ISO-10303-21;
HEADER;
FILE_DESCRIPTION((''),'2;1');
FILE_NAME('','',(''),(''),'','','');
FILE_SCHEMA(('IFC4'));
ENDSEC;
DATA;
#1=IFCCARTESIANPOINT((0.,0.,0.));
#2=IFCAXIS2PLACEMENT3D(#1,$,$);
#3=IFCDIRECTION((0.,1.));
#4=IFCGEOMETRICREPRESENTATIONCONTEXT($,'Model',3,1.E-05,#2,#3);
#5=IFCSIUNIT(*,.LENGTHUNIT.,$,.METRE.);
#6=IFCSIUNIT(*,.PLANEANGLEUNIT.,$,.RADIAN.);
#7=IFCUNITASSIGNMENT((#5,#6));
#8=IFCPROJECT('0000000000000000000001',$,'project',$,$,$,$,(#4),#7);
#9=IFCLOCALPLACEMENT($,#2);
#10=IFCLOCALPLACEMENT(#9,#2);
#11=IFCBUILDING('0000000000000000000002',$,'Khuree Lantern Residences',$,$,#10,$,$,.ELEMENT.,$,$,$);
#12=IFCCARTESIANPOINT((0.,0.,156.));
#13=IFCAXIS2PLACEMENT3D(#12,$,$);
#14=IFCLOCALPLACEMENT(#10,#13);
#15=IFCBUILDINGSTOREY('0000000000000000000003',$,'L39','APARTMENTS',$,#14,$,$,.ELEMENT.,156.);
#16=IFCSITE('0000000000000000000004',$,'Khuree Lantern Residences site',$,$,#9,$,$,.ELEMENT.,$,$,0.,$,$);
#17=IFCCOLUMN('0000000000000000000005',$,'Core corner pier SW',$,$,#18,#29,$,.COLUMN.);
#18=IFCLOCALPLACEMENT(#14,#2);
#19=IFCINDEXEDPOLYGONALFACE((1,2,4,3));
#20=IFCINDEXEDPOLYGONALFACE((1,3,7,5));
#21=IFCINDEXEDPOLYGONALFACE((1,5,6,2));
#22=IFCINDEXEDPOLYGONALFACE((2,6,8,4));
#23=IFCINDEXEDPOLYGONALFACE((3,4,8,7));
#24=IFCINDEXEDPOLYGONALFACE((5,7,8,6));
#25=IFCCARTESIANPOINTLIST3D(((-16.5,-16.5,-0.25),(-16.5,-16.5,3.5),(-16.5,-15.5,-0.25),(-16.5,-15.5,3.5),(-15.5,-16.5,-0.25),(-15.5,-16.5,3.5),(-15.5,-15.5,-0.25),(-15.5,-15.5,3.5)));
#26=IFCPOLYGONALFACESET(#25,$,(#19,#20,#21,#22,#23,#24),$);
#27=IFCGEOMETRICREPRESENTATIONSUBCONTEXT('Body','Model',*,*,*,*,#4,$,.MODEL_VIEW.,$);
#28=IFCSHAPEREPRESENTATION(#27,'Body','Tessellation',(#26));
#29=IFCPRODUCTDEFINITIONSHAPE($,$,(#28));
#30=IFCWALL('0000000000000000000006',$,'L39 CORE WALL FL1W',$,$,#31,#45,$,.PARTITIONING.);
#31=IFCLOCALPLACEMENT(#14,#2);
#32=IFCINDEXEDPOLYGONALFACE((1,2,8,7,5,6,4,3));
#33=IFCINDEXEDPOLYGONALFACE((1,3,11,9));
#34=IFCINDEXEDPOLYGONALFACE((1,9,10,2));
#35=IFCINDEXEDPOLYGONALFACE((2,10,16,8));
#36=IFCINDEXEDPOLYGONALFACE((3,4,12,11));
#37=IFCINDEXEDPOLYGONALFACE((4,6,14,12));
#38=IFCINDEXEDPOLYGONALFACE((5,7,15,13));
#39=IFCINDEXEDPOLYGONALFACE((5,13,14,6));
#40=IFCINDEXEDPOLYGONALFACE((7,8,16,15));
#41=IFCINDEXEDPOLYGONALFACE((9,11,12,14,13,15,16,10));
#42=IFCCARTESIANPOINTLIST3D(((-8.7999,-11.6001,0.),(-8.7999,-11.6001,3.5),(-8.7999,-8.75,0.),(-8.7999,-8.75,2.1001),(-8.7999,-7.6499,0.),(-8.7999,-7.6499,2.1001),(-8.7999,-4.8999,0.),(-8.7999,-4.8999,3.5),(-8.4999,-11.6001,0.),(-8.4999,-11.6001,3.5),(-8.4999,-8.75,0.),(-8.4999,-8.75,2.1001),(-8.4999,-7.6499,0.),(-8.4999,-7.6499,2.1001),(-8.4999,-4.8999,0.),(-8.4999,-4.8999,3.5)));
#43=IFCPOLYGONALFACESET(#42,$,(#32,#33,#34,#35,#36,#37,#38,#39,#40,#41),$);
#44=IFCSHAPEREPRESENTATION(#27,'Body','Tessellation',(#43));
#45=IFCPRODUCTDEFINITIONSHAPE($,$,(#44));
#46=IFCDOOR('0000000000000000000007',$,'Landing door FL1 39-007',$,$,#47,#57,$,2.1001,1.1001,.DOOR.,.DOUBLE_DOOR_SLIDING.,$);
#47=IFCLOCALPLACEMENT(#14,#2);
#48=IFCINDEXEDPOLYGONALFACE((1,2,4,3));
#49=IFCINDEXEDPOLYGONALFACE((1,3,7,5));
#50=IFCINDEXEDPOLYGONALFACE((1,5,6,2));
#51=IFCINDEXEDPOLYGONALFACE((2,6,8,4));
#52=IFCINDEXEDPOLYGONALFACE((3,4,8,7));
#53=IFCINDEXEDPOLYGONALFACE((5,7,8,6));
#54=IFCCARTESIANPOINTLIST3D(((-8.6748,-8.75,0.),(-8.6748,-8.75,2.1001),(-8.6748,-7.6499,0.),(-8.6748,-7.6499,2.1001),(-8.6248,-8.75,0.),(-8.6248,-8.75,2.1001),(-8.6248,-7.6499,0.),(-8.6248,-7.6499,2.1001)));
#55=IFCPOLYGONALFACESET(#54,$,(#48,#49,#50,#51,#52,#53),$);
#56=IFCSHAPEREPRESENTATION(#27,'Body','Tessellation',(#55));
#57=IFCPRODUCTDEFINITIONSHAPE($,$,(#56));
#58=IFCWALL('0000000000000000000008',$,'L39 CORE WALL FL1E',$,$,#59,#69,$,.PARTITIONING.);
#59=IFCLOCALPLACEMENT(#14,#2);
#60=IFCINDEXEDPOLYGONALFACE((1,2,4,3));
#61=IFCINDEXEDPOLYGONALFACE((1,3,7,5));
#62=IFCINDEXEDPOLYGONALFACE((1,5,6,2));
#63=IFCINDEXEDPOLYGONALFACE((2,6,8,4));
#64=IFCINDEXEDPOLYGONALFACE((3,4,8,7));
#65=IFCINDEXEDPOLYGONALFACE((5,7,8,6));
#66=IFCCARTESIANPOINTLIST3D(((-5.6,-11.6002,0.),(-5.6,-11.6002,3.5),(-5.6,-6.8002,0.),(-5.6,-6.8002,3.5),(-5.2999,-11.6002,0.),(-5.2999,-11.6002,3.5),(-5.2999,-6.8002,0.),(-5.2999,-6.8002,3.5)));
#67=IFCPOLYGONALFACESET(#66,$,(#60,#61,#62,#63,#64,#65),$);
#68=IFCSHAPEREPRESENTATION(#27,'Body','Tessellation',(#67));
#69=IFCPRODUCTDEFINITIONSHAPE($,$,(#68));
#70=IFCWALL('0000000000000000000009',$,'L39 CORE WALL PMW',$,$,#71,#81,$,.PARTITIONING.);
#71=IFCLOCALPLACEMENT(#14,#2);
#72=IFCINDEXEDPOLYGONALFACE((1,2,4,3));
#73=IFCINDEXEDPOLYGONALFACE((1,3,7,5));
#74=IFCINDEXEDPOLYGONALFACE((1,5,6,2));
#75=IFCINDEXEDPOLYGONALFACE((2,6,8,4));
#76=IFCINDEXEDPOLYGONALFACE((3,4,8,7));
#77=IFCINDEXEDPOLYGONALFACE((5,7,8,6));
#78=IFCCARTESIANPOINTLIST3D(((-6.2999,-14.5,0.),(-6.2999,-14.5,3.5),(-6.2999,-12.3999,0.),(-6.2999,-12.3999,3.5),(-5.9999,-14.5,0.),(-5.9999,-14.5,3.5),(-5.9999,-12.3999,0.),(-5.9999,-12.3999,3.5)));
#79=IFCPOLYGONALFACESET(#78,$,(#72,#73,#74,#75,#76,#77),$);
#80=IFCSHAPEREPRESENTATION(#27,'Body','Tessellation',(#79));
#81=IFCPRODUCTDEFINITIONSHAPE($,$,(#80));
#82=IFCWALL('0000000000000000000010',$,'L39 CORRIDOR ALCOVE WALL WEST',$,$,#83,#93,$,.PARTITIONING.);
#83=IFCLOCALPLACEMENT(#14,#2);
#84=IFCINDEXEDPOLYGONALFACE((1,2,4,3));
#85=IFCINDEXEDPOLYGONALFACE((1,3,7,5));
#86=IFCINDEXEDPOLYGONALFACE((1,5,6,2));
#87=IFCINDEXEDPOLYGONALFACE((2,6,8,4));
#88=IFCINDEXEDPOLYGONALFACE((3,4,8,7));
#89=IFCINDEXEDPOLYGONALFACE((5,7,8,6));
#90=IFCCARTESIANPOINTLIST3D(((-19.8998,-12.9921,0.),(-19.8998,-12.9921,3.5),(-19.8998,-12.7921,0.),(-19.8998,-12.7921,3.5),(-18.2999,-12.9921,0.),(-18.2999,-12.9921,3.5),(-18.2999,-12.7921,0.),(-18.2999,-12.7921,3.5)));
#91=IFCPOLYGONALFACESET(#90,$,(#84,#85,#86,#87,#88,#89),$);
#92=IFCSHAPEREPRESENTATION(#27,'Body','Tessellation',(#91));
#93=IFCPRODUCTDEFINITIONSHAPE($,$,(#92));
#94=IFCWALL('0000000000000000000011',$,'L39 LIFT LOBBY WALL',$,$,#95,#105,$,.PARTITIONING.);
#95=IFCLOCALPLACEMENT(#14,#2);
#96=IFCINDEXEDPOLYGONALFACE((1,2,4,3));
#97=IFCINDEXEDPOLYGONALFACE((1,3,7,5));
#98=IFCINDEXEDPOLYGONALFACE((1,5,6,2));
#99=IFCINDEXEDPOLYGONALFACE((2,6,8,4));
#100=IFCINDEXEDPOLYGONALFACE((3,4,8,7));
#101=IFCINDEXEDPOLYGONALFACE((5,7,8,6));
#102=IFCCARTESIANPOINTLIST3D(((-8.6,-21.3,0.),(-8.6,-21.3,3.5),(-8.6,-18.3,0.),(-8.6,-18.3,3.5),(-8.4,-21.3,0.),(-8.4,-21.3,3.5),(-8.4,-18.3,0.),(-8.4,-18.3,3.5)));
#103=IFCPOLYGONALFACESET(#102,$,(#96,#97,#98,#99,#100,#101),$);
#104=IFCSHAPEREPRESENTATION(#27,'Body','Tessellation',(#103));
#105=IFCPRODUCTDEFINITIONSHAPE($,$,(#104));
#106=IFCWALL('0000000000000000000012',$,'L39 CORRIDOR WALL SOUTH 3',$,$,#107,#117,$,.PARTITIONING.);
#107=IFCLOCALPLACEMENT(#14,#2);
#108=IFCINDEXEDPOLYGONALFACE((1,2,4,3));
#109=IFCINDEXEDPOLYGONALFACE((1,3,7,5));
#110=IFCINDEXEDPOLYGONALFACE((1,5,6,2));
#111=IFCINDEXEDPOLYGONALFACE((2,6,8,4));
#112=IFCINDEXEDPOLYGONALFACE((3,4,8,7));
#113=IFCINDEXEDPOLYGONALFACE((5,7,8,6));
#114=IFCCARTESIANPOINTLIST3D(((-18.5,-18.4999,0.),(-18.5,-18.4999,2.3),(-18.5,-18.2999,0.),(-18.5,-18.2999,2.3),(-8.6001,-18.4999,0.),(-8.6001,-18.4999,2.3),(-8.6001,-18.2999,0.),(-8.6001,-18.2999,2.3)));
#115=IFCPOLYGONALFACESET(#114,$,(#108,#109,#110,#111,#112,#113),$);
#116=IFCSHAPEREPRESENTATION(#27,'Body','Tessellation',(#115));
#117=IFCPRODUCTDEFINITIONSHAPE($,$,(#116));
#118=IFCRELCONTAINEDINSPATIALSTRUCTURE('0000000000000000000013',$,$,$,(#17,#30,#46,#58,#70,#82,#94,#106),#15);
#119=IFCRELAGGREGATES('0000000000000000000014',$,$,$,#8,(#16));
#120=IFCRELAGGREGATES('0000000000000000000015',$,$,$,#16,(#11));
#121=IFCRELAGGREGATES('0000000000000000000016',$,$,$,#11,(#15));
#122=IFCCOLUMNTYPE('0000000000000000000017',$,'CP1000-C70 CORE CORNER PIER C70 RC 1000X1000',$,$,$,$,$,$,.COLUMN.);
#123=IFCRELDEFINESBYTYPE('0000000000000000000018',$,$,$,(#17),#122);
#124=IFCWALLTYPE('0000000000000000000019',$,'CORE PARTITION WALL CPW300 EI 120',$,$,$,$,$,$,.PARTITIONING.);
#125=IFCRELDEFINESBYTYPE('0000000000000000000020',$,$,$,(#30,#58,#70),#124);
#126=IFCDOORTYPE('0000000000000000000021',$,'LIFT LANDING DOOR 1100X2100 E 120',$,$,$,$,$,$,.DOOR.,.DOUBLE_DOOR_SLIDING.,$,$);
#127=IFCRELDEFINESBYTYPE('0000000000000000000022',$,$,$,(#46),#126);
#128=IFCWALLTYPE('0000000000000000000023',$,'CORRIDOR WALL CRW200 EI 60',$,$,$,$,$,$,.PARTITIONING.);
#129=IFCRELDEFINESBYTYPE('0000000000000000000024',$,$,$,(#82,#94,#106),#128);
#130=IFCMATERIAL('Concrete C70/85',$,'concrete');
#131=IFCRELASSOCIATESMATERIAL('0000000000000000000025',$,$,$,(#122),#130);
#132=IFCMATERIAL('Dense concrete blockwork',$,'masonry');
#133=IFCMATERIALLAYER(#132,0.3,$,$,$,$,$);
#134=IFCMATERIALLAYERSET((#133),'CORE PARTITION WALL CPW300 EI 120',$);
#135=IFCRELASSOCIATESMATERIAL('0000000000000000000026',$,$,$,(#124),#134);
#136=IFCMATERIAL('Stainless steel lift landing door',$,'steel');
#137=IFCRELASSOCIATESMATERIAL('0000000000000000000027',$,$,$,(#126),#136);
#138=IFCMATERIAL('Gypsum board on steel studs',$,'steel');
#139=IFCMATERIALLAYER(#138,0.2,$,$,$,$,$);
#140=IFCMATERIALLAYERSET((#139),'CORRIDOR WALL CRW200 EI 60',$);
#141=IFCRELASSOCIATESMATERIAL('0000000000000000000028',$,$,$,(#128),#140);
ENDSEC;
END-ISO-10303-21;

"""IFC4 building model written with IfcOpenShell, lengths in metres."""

from ifc_helpers import new_model, si_unit, direction, frame, frame_2d, origin, origin_2d, place, context, subcontext, project, spatial, rectangle, extrude, material, layer, layer_set, material_profile, profile_set, type_object, element, fill, save


model = new_model("IFC4")

# Units and contexts
model_context = context("Model", 3, precision=1e-05, world=origin(), true_north=direction((0.0, 1.0)))
body_context = subcontext(model_context, "Body", "Model", "MODEL_VIEW")
ifc_project = project(units=[si_unit("LENGTHUNIT", "METRE"), si_unit("PLANEANGLEUNIT", "RADIAN")], contexts=[model_context])

# Site, building, storey
site_placement = place(None, origin())
site = spatial("IfcSite", under=ifc_project, at=site_placement, Name="Khuree Lantern Residences site", CompositionType="ELEMENT", RefElevation=0.0)
building_placement = place(site_placement, origin())
building = spatial("IfcBuilding", under=site, at=building_placement, Name="Khuree Lantern Residences", CompositionType="ELEMENT")
storey_placement = place(building_placement, frame((0.0, 0.0, 156.0)))
storey = spatial("IfcBuildingStorey", under=building, at=storey_placement, Name="L39", Description="APARTMENTS", CompositionType="ELEMENT", Elevation=156.0)

# Column
ifc_material_1 = material(Name="Concrete C70/85", Category="concrete")
ifc_material_profile = material_profile(ifc_material_1, rectangle(XDim=1.0, YDim=1.0, at=origin_2d()), Name="RC 1000X1000")
ifc_profile_set = profile_set([ifc_material_profile], Name="Concrete C70/85")
column_type = type_object("IfcColumnType", Name="CP1000-C70 CORE CORNER PIER C70 RC 1000X1000", PredefinedType="COLUMN", material=ifc_profile_set)
column_placement = place(storey_placement, frame((-16.0, -16.0, -0.25), z_axis=(0.0, 0.0, 1.0), x_axis=(1.0, 0.0, 0.0)))
element("IfcColumn", 1, at=column_placement, inside=storey, type_object=column_type, Name="Core corner pier SW", PredefinedType="COLUMN", context=body_context, shape_type="SweptSolid", body=[
    extrude(rectangle(XDim=1.0, YDim=1.0, at=origin_2d()), origin(), (0.0, 0.0, 1.0), 3.75),
])

# Wall, opening, door
ifc_material_2 = material(Name="Dense concrete blockwork", Category="masonry")
ifc_layer_1 = layer(ifc_material_2, 0.3)
ifc_layer_set_1 = layer_set([ifc_layer_1], Name="CORE PARTITION WALL CPW300 EI 120")
wall_type_1 = type_object("IfcWallType", Name="CORE PARTITION WALL CPW300 EI 120", PredefinedType="PARTITIONING", material=ifc_layer_set_1)
wall_1_placement = place(storey_placement, frame((-8.6499, -11.6001, 0.0), z_axis=(0.0, 0.0, 1.0), x_axis=(0.0, 1.0, 0.0)))
wall_1 = element("IfcWall", 2, at=wall_1_placement, inside=storey, type_object=wall_type_1, Name="L39 CORE WALL FL1W", PredefinedType="PARTITIONING", context=body_context, shape_type="SweptSolid", body=[
    extrude(rectangle(XDim=6.7002, YDim=0.3, at=frame_2d((3.3501, 0.0))), origin(), (0.0, 0.0, 1.0), 3.5),
])
opening_1_placement = place(wall_1_placement, frame((2.8501, 0.0, 0.0)))
opening_1 = element("IfcOpeningElement", 3, at=opening_1_placement, cuts=wall_1, PredefinedType="OPENING", context=body_context, shape_type="SweptSolid", body=[
    extrude(rectangle(XDim=1.1001, YDim=2.1001, at=frame_2d((0.55, 1.05))), frame((0.0, 0.1602, 0.0), z_axis=(0.0, -1.0, 0.0), x_axis=(1.0, 0.0, 0.0)), (0.0, 0.0, 1.0), 0.3201),
])
ifc_material_3 = material(Name="Stainless steel lift landing door", Category="steel")
door_type_1 = type_object("IfcDoorType", Name="LIFT LANDING DOOR 1100X2100 E 120", OperationType="DOUBLE_DOOR_SLIDING", PredefinedType="DOOR", material=ifc_material_3)
door_1_placement = place(opening_1_placement, origin())
door_1 = element("IfcDoor", 4, at=door_1_placement, inside=storey, type_object=door_type_1, Name="Landing door FL1 39-007", OperationType="DOUBLE_DOOR_SLIDING", OverallHeight=2.1001, OverallWidth=1.1001, PredefinedType="DOOR", context=body_context, shape_type="SweptSolid", body=[
    extrude(rectangle(XDim=1.1001, YDim=2.1001, at=frame_2d((0.55, 1.05))), frame((0.0, 0.0249, 0.0), z_axis=(0.0, -1.0, 0.0), x_axis=(1.0, 0.0, 0.0)), (0.0, 0.0, 1.0), 0.05),
])
fill(opening_1, door_1)

# Walls
wall_2_placement = place(storey_placement, frame((-5.45, -11.6001, 0.0), z_axis=(0.0, 0.0, 1.0), x_axis=(0.0, 1.0, 0.0)))
element("IfcWall", 5, at=wall_2_placement, inside=storey, type_object=wall_type_1, Name="L39 CORE WALL FL1E", PredefinedType="PARTITIONING", context=body_context, shape_type="SweptSolid", body=[
    extrude(rectangle(XDim=4.8, YDim=0.3, at=frame_2d((2.3999, 0.0))), origin(), (0.0, 0.0, 1.0), 3.5),
])
wall_3_placement = place(storey_placement, frame((-6.1499, -14.5, 0.0), z_axis=(0.0, 0.0, 1.0), x_axis=(0.0, 1.0, 0.0)))
element("IfcWall", 6, at=wall_3_placement, inside=storey, type_object=wall_type_1, Name="L39 CORE WALL PMW", PredefinedType="PARTITIONING", context=body_context, shape_type="SweptSolid", body=[
    extrude(rectangle(XDim=2.1001, YDim=0.3, at=frame_2d((1.05, 0.0))), origin(), (0.0, 0.0, 1.0), 3.5),
])
ifc_material_4 = material(Name="Gypsum board on steel studs", Category="steel")
ifc_layer_2 = layer(ifc_material_4, 0.2)
ifc_layer_set_2 = layer_set([ifc_layer_2], Name="CORRIDOR WALL CRW200 EI 60")
wall_type_2 = type_object("IfcWallType", Name="CORRIDOR WALL CRW200 EI 60", PredefinedType="PARTITIONING", material=ifc_layer_set_2)
wall_4_placement = place(storey_placement, frame((-18.3, -12.8921, 0.0), z_axis=(0.0, 0.0, 1.0), x_axis=(-1.0, 0.0, 0.0)))
element("IfcWall", 7, at=wall_4_placement, inside=storey, type_object=wall_type_2, Name="L39 CORRIDOR ALCOVE WALL WEST", PredefinedType="PARTITIONING", context=body_context, shape_type="SweptSolid", body=[
    extrude(rectangle(XDim=1.5999, YDim=0.2, at=frame_2d((0.7998, 0.0))), origin(), (0.0, 0.0, 1.0), 3.5),
])
wall_5_placement = place(storey_placement, frame((-8.5, -18.3, 0.0), z_axis=(0.0, 0.0, 1.0), x_axis=(0.0, -1.0, 0.0)))
element("IfcWall", 8, at=wall_5_placement, inside=storey, type_object=wall_type_2, Name="L39 LIFT LOBBY WALL", PredefinedType="PARTITIONING", context=body_context, shape_type="SweptSolid", body=[
    extrude(rectangle(XDim=3.0, YDim=0.2, at=frame_2d((1.5, 0.0))), origin(), (0.0, 0.0, 1.0), 3.5),
])
wall_6_placement = place(storey_placement, frame((-8.6001, -18.3999, 0.0), z_axis=(0.0, 0.0, 1.0), x_axis=(-1.0, 0.0, 0.0)))
element("IfcWall", 9, at=wall_6_placement, inside=storey, type_object=wall_type_2, Name="L39 CORRIDOR WALL SOUTH 3", PredefinedType="PARTITIONING", context=body_context, shape_type="SweptSolid", body=[
    extrude(rectangle(XDim=9.8999, YDim=0.2, at=frame_2d((4.95, 0.0))), origin(), (0.0, 0.0, 1.0), 2.3),
])

save(model, "model.ifc")
